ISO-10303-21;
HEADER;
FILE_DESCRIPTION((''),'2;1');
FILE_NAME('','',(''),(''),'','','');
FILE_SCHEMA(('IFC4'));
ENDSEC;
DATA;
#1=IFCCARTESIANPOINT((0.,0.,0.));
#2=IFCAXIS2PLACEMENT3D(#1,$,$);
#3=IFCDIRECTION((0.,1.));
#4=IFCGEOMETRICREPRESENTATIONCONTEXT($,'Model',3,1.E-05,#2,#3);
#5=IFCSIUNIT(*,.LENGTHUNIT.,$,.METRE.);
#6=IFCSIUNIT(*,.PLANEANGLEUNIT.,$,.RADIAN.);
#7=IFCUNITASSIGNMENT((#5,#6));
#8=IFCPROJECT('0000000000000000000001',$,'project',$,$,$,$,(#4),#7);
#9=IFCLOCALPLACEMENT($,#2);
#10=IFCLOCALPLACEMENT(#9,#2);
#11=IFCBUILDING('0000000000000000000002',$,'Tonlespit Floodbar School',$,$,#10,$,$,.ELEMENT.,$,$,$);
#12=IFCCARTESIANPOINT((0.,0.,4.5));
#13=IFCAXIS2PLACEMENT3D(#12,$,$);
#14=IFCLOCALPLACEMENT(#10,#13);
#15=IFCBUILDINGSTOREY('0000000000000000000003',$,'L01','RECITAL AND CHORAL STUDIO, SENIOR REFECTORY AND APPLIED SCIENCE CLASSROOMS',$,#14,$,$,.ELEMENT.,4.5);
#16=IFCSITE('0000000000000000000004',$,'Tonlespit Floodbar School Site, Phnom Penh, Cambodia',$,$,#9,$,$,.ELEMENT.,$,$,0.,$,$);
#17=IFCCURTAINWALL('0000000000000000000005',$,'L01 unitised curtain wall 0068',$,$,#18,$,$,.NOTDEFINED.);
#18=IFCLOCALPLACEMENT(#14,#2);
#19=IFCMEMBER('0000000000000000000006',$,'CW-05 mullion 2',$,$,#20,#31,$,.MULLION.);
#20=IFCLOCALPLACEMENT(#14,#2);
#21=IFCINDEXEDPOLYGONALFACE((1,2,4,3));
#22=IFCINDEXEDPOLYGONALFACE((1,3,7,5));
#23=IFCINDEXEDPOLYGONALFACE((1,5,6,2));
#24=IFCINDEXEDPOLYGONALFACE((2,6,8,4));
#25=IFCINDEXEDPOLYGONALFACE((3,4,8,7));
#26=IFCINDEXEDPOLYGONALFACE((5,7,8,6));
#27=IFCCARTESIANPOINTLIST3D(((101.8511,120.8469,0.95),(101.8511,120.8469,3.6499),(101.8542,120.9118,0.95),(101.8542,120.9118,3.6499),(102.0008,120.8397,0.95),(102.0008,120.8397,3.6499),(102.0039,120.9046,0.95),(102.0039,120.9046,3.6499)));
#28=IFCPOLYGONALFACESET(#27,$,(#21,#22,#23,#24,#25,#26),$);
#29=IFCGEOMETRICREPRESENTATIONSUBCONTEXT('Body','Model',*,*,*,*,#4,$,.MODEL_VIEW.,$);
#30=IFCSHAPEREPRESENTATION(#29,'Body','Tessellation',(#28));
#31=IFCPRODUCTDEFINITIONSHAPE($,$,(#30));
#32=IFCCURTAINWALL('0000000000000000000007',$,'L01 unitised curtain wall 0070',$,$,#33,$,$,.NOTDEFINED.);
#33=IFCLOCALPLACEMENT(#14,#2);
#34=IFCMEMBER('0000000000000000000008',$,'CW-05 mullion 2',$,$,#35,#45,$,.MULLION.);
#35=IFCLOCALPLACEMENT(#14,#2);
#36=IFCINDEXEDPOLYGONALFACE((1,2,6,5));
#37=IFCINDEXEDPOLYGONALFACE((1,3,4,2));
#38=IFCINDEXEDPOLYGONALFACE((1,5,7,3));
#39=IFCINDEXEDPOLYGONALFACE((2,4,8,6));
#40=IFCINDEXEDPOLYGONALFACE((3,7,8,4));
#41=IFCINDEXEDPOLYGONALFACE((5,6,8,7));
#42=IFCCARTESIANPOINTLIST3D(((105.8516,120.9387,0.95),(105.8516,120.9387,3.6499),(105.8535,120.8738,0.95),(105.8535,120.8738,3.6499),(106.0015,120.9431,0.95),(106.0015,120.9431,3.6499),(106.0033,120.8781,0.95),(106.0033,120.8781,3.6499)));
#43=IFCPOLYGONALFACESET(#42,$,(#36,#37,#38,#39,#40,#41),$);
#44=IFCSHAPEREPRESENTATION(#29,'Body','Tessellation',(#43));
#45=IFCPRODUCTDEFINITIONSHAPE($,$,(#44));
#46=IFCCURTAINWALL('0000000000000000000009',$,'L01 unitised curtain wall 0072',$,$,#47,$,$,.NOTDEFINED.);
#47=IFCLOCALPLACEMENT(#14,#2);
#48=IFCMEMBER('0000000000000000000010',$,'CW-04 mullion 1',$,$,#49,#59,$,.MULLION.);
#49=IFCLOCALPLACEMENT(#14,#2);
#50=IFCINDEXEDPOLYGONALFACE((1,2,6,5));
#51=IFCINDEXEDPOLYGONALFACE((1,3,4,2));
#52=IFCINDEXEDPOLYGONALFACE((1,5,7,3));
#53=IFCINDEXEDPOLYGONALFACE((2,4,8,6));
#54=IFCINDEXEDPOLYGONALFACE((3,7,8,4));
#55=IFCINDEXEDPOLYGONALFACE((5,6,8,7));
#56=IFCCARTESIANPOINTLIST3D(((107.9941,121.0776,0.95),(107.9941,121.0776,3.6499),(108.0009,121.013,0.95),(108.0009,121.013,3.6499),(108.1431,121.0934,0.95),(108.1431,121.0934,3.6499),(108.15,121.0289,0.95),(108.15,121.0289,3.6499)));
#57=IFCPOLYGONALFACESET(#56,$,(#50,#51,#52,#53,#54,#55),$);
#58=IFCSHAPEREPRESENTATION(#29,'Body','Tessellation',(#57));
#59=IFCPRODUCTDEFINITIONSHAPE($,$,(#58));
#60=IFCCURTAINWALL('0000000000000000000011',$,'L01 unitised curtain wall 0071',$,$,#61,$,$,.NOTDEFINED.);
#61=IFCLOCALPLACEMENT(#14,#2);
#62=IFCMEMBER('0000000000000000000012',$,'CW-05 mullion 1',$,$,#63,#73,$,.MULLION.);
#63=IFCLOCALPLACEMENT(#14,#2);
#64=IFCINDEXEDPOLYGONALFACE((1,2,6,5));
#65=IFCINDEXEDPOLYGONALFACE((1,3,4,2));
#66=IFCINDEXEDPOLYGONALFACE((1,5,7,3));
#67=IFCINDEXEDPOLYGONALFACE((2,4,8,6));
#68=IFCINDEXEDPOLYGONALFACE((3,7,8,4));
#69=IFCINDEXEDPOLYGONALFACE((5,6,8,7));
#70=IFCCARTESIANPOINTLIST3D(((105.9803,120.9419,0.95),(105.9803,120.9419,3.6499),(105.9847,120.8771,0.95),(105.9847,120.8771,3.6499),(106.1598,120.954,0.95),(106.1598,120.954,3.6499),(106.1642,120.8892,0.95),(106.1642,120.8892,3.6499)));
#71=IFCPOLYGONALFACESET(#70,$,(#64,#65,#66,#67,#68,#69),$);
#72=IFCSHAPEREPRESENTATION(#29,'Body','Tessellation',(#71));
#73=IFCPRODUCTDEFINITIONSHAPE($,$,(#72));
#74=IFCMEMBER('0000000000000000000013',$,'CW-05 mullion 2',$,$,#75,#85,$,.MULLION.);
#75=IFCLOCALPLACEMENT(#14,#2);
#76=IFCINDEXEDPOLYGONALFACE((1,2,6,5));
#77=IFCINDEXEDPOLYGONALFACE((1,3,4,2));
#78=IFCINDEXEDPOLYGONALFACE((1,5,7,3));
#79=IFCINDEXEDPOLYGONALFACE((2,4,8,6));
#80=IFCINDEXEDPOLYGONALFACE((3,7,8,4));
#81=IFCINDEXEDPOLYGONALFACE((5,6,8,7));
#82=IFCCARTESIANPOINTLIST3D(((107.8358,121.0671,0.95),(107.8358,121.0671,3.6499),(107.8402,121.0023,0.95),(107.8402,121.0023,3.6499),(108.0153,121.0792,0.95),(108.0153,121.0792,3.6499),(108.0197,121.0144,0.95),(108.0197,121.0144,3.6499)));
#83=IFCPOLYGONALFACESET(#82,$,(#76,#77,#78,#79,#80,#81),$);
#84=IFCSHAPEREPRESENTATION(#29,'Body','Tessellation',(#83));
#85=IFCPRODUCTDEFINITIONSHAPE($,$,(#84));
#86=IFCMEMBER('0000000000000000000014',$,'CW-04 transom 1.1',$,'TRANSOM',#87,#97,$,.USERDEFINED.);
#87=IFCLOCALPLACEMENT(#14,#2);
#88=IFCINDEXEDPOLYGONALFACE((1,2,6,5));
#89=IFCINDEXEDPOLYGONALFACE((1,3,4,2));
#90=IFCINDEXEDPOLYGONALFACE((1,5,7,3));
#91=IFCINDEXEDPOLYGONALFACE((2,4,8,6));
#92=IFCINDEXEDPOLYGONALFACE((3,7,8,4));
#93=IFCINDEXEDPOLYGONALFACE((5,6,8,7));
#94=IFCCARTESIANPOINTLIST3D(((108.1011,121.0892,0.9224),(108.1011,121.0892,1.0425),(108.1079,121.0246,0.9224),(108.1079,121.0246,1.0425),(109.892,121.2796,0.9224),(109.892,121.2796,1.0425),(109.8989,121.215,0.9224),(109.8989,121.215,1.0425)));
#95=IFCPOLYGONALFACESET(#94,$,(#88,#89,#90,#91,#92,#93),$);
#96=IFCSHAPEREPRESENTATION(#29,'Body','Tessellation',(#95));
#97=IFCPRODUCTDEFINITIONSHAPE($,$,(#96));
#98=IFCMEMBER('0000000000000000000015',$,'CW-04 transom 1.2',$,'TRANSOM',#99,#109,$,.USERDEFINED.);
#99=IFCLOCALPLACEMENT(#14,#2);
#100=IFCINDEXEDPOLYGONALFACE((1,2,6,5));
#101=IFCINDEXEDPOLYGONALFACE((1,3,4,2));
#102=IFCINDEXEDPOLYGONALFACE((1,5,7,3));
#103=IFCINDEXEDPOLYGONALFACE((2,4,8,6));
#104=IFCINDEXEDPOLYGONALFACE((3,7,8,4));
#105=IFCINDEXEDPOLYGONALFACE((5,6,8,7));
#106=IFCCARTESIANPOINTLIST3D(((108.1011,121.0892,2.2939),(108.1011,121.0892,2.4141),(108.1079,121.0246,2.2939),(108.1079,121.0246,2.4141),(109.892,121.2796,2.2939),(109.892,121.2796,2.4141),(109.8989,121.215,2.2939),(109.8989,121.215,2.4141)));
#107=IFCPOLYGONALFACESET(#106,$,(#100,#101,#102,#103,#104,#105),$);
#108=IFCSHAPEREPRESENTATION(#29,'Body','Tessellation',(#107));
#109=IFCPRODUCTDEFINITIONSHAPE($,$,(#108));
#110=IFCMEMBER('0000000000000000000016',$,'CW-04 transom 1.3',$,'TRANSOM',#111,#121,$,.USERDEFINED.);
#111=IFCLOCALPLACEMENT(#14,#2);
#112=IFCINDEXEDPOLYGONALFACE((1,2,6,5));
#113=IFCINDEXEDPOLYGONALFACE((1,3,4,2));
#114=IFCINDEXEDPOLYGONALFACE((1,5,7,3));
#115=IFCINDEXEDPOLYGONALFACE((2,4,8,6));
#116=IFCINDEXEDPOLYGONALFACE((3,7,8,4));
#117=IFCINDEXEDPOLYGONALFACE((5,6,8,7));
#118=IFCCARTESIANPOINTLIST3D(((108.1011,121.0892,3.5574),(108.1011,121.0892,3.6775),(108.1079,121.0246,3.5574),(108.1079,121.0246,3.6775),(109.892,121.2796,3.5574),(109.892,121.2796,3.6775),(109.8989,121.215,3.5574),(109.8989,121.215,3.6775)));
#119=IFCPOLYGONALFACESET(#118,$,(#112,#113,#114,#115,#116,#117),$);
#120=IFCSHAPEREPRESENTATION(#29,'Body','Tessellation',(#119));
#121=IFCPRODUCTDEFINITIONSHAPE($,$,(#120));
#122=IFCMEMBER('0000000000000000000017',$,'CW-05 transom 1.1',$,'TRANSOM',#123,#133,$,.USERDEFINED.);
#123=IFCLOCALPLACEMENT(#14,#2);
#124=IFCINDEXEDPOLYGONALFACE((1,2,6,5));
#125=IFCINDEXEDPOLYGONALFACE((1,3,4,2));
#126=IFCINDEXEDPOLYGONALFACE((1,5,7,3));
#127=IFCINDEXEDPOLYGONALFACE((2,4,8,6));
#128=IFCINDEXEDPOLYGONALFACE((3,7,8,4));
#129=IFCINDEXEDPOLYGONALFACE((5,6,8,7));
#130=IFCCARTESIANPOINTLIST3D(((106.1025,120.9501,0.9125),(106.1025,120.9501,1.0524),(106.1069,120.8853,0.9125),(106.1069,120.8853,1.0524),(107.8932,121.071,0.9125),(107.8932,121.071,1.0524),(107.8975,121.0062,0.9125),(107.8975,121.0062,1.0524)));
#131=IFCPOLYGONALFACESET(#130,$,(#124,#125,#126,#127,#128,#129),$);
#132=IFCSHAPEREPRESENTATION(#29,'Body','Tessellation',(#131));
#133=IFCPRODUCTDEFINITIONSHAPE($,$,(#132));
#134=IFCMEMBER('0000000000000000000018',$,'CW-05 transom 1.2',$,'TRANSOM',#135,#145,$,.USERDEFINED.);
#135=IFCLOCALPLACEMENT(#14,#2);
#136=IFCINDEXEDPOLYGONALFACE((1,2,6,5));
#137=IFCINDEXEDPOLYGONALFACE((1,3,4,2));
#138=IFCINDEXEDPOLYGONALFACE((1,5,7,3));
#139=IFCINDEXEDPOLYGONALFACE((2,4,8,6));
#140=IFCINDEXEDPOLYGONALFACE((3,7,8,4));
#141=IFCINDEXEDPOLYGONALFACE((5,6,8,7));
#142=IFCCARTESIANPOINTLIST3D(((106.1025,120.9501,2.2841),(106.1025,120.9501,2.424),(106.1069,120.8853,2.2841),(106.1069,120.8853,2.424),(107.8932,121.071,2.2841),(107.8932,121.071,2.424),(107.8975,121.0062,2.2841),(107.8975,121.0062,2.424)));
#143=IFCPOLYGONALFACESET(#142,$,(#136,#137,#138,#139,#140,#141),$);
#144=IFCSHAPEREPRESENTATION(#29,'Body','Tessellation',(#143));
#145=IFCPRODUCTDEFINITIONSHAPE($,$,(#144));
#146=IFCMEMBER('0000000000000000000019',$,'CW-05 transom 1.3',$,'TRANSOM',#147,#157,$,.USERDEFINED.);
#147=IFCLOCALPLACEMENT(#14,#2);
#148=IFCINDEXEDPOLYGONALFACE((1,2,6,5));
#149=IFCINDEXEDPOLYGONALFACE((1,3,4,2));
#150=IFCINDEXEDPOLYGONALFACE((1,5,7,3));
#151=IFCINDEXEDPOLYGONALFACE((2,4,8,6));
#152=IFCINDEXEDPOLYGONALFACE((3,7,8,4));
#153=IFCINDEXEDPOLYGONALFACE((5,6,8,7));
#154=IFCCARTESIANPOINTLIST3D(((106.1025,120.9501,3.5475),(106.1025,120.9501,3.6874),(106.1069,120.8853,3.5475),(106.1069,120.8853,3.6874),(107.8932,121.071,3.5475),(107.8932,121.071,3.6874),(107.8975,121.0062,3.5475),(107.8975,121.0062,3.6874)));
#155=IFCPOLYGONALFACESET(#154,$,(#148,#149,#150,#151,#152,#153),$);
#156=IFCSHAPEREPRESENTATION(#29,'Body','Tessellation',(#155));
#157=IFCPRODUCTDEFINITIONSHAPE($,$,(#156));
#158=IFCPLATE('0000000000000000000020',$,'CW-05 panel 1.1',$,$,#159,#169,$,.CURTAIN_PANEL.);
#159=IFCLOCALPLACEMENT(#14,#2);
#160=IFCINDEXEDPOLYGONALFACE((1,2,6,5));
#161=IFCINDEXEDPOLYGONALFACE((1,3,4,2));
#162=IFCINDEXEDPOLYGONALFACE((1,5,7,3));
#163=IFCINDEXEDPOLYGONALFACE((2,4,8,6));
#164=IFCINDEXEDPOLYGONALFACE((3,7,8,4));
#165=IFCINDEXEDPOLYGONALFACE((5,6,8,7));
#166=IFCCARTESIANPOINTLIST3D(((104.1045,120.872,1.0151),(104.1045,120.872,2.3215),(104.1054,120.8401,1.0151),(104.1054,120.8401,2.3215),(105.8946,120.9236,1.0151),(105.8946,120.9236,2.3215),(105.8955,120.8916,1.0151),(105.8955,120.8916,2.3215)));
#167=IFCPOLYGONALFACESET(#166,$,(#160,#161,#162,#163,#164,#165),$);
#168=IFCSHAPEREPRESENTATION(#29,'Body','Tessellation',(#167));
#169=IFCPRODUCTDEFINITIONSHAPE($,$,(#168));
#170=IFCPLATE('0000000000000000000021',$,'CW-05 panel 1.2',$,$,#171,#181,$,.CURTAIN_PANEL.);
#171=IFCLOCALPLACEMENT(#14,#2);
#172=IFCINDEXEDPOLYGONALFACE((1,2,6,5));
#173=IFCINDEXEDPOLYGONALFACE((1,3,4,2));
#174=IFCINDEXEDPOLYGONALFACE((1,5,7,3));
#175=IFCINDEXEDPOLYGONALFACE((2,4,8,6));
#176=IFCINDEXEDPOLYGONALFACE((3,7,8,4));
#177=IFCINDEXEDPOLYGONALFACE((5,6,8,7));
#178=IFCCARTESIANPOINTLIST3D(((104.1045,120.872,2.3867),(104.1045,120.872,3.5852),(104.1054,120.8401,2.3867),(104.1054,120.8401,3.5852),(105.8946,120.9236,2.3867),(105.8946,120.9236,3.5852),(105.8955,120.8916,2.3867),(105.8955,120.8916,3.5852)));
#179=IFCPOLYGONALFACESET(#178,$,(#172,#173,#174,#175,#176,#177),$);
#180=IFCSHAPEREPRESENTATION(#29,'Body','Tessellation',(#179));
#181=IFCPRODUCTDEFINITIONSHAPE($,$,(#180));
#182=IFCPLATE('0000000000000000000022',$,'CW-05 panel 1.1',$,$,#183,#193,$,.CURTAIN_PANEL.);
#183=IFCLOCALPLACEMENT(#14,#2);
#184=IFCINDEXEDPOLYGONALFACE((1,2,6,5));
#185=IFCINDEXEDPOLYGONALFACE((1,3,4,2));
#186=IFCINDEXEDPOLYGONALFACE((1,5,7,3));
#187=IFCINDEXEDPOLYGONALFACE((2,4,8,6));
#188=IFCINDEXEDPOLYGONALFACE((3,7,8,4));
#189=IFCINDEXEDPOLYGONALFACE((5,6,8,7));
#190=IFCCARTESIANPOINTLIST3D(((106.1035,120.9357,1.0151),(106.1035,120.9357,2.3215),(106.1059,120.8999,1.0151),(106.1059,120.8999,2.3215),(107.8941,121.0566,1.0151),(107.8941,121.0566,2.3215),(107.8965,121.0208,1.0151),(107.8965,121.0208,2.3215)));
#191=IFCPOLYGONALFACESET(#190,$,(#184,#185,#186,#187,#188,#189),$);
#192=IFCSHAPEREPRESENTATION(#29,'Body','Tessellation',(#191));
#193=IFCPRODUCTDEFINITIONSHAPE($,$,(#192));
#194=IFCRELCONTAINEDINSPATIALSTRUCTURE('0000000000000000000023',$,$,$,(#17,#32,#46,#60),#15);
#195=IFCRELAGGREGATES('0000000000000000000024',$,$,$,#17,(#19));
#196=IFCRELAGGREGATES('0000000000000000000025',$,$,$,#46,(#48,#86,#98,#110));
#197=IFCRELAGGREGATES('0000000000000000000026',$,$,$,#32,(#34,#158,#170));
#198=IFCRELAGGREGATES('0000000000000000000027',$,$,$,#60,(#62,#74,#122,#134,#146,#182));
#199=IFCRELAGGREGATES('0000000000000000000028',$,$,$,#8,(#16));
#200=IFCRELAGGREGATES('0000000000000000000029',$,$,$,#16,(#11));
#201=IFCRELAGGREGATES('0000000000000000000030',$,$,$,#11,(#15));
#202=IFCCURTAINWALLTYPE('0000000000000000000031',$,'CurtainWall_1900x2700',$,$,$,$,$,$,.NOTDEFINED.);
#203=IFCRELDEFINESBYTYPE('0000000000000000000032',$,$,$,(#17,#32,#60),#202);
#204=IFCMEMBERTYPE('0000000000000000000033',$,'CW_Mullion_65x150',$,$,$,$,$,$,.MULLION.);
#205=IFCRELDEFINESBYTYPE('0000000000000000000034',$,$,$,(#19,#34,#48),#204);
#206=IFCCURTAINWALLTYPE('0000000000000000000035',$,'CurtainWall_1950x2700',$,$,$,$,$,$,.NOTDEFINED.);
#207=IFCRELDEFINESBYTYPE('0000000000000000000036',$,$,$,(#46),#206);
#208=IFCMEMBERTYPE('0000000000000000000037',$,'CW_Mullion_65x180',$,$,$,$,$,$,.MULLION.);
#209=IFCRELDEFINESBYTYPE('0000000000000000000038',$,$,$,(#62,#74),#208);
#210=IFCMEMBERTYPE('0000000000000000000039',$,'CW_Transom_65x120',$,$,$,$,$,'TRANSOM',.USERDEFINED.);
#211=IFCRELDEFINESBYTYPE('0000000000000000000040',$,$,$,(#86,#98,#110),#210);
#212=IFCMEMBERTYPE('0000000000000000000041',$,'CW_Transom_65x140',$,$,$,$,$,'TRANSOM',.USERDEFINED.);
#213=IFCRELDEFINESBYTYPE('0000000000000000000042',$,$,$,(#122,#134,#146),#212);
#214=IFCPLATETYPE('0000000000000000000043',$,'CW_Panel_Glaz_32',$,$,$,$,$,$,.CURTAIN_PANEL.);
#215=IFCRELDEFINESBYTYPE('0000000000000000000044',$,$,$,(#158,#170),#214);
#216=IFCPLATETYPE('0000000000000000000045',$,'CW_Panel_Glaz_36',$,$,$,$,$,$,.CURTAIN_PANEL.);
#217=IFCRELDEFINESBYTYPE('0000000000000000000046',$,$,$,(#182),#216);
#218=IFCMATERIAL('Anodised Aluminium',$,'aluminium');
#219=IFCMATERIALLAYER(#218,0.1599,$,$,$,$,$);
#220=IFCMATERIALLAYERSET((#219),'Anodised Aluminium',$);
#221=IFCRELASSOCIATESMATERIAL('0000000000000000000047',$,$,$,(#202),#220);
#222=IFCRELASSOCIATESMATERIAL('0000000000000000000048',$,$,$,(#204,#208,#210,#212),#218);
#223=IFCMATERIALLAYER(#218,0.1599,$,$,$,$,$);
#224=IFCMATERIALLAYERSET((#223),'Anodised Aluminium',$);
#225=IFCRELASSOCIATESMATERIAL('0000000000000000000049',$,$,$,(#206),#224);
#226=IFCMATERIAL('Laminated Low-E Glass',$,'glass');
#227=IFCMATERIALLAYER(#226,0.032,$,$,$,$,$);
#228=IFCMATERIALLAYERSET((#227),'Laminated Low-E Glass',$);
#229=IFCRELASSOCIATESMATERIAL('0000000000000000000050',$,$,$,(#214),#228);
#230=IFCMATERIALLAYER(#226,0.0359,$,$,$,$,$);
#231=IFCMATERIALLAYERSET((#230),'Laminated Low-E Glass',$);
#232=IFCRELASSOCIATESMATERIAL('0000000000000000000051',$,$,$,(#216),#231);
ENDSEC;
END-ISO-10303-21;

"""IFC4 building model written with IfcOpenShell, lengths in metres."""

from ifc_helpers import new_model, si_unit, direction, frame, origin, origin_2d, place, context, subcontext, project, spatial, rectangle, extrude, material, layer, layer_set, material_profile, profile_set, type_object, element, aggregate, save


model = new_model("IFC4")

# Units and contexts
model_context = context("Model", 3, precision=1e-05, world=origin(), true_north=direction((0.0, 1.0)))
body_context = subcontext(model_context, "Body", "Model", "MODEL_VIEW")
ifc_project = project(units=[si_unit("LENGTHUNIT", "METRE"), si_unit("PLANEANGLEUNIT", "RADIAN")], contexts=[model_context])

# Site, building, storey
site_placement = place(None, origin())
site = spatial("IfcSite", under=ifc_project, at=site_placement, Name="Tonlespit Floodbar School Site, Phnom Penh, Cambodia", CompositionType="ELEMENT", RefElevation=0.0)
building_placement = place(site_placement, origin())
building = spatial("IfcBuilding", under=site, at=building_placement, Name="Tonlespit Floodbar School", CompositionType="ELEMENT")
storey_placement = place(building_placement, frame((0.0, 0.0, 4.5)))
storey = spatial("IfcBuildingStorey", under=building, at=storey_placement, Name="L01", Description="RECITAL AND CHORAL STUDIO, SENIOR REFECTORY AND APPLIED SCIENCE CLASSROOMS", CompositionType="ELEMENT", Elevation=4.5)

# Curtain walls, members
ifc_material_1 = material(Name="Anodised Aluminium", Category="aluminium")
ifc_layer_1 = layer(ifc_material_1, 0.1599)
ifc_layer_set_1 = layer_set([ifc_layer_1], Name="Anodised Aluminium")
curtain_wall_type_1 = type_object("IfcCurtainWallType", Name="CurtainWall_1900x2700", PredefinedType="NOTDEFINED", material=ifc_layer_set_1)
curtain_wall_1_placement = place(storey_placement, origin())
curtain_wall_1 = element("IfcCurtainWall", 1, at=curtain_wall_1_placement, inside=storey, type_object=curtain_wall_type_1, Name="L01 unitised curtain wall 0068", PredefinedType="NOTDEFINED")
ifc_material_profile_1 = material_profile(ifc_material_1, rectangle(XDim=0.0649, YDim=0.1499, at=origin_2d()), Name="ALU M65x150")
ifc_profile_set_1 = profile_set([ifc_material_profile_1], Name="Anodised Aluminium")
member_type_1 = type_object("IfcMemberType", Name="CW_Mullion_65x150", PredefinedType="MULLION", material=ifc_profile_set_1)
member_1_placement = place(storey_placement, frame((101.9275, 120.8757, 0.95), z_axis=(0.0, 0.0, 1.0), x_axis=(0.048121, 0.998842, 0.0)))
member_1 = element("IfcMember", 2, at=member_1_placement, type_object=member_type_1, Name="CW-05 mullion 2", PredefinedType="MULLION", context=body_context, shape_type="SweptSolid", body=[
    extrude(rectangle(XDim=0.0649, YDim=0.1499, at=origin_2d()), origin(), (0.0, 0.0, 1.0), 2.7),
])
aggregate(curtain_wall_1, [member_1])
curtain_wall_2_placement = place(storey_placement, origin())
curtain_wall_2 = element("IfcCurtainWall", 3, at=curtain_wall_2_placement, inside=storey, type_object=curtain_wall_type_1, Name="L01 unitised curtain wall 0070", PredefinedType="NOTDEFINED")
member_2_placement = place(storey_placement, frame((105.9275, 120.9084, 0.95), z_axis=(0.0, 0.0, 1.0), x_axis=(-0.02879, 0.999585, 0.0)))
member_2 = element("IfcMember", 4, at=member_2_placement, type_object=member_type_1, Name="CW-05 mullion 2", PredefinedType="MULLION", context=body_context, shape_type="SweptSolid", body=[
    extrude(rectangle(XDim=0.0649, YDim=0.1499, at=origin_2d()), origin(), (0.0, 0.0, 1.0), 2.7),
])
ifc_layer_2 = layer(ifc_material_1, 0.1599)
ifc_layer_set_2 = layer_set([ifc_layer_2], Name="Anodised Aluminium")
curtain_wall_type_2 = type_object("IfcCurtainWallType", Name="CurtainWall_1950x2700", PredefinedType="NOTDEFINED", material=ifc_layer_set_2)
curtain_wall_3_placement = place(storey_placement, origin())
curtain_wall_3 = element("IfcCurtainWall", 5, at=curtain_wall_3_placement, inside=storey, type_object=curtain_wall_type_2, Name="L01 unitised curtain wall 0072", PredefinedType="NOTDEFINED")
member_3_placement = place(storey_placement, frame((108.072, 121.0532, 0.95), z_axis=(0.0, 0.0, 1.0), x_axis=(-0.105787, 0.994389, 0.0)))
member_3 = element("IfcMember", 6, at=member_3_placement, type_object=member_type_1, Name="CW-04 mullion 1", PredefinedType="MULLION", context=body_context, shape_type="SweptSolid", body=[
    extrude(rectangle(XDim=0.0649, YDim=0.1499, at=origin_2d()), origin(), (0.0, 0.0, 1.0), 2.7),
])

# Curtain wall, members
curtain_wall_4_placement = place(storey_placement, origin())
curtain_wall_4 = element("IfcCurtainWall", 7, at=curtain_wall_4_placement, inside=storey, type_object=curtain_wall_type_1, Name="L01 unitised curtain wall 0071", PredefinedType="NOTDEFINED")
ifc_material_profile_2 = material_profile(ifc_material_1, rectangle(XDim=0.0649, YDim=0.1799, at=origin_2d()), Name="ALU M65x180")
ifc_profile_set_2 = profile_set([ifc_material_profile_2], Name="Anodised Aluminium")
member_type_2 = type_object("IfcMemberType", Name="CW_Mullion_65x180", PredefinedType="MULLION", material=ifc_profile_set_2)
member_4_placement = place(storey_placement, frame((106.0723, 120.9155, 0.95), z_axis=(0.0, 0.0, 1.0), x_axis=(-0.06734, 0.99773, 0.0)))
member_4 = element("IfcMember", 8, at=member_4_placement, type_object=member_type_2, Name="CW-05 mullion 1", PredefinedType="MULLION", context=body_context, shape_type="SweptSolid", body=[
    extrude(rectangle(XDim=0.0649, YDim=0.1799, at=origin_2d()), origin(), (0.0, 0.0, 1.0), 2.7),
])
member_5_placement = place(storey_placement, frame((107.9277, 121.0408, 0.95), z_axis=(0.0, 0.0, 1.0), x_axis=(-0.06734, 0.99773, 0.0)))
member_5 = element("IfcMember", 9, at=member_5_placement, type_object=member_type_2, Name="CW-05 mullion 2", PredefinedType="MULLION", context=body_context, shape_type="SweptSolid", body=[
    extrude(rectangle(XDim=0.0649, YDim=0.1799, at=origin_2d()), origin(), (0.0, 0.0, 1.0), 2.7),
])

# Members
ifc_material_profile_3 = material_profile(ifc_material_1, rectangle(XDim=0.0649, YDim=0.1201, at=origin_2d()), Name="ALU T65x120")
ifc_profile_set_3 = profile_set([ifc_material_profile_3], Name="Anodised Aluminium")
member_type_3 = type_object("IfcMemberType", Name="CW_Transom_65x120", ElementType="TRANSOM", PredefinedType="USERDEFINED", material=ifc_profile_set_3)
member_6_placement = place(storey_placement, frame((108.1045, 121.0569, 0.9824), z_axis=(0.994395, 0.105729, 0.0), x_axis=(-0.105729, 0.994395, 0.0)))
member_6 = element("IfcMember", 10, at=member_6_placement, type_object=member_type_3, Name="CW-04 transom 1.1", ObjectType="TRANSOM", PredefinedType="USERDEFINED", context=body_context, shape_type="SweptSolid", body=[
    extrude(rectangle(XDim=0.0649, YDim=0.1201, at=origin_2d()), origin(), (0.0, 0.0, 1.0), 1.801),
])
member_7_placement = place(storey_placement, frame((108.1045, 121.0569, 2.354), z_axis=(0.994395, 0.105729, 0.0), x_axis=(-0.105729, 0.994395, 0.0)))
member_7 = element("IfcMember", 11, at=member_7_placement, type_object=member_type_3, Name="CW-04 transom 1.2", ObjectType="TRANSOM", PredefinedType="USERDEFINED", context=body_context, shape_type="SweptSolid", body=[
    extrude(rectangle(XDim=0.0649, YDim=0.1201, at=origin_2d()), origin(), (0.0, 0.0, 1.0), 1.801),
])
member_8_placement = place(storey_placement, frame((108.1045, 121.0569, 3.6174), z_axis=(0.994395, 0.105729, 0.0), x_axis=(-0.105729, 0.994395, 0.0)))
member_8 = element("IfcMember", 12, at=member_8_placement, type_object=member_type_3, Name="CW-04 transom 1.3", ObjectType="TRANSOM", PredefinedType="USERDEFINED", context=body_context, shape_type="SweptSolid", body=[
    extrude(rectangle(XDim=0.0649, YDim=0.1201, at=origin_2d()), origin(), (0.0, 0.0, 1.0), 1.801),
])
aggregate(curtain_wall_3, [member_3, member_6, member_7, member_8])
ifc_material_profile_4 = material_profile(ifc_material_1, rectangle(XDim=0.0649, YDim=0.1399, at=origin_2d()), Name="ALU T65x140")
ifc_profile_set_4 = profile_set([ifc_material_profile_4], Name="Anodised Aluminium")
member_type_4 = type_object("IfcMemberType", Name="CW_Transom_65x140", ElementType="TRANSOM", PredefinedType="USERDEFINED", material=ifc_profile_set_4)
member_9_placement = place(storey_placement, frame((106.1047, 120.9177, 0.9824), z_axis=(0.99773, 0.067341, 0.0), x_axis=(-0.067341, 0.99773, 0.0)))
member_9 = element("IfcMember", 13, at=member_9_placement, type_object=member_type_4, Name="CW-05 transom 1.1", ObjectType="TRANSOM", PredefinedType="USERDEFINED", context=body_context, shape_type="SweptSolid", body=[
    extrude(rectangle(XDim=0.0649, YDim=0.1399, at=origin_2d()), origin(), (0.0, 0.0, 1.0), 1.7947),
])
member_10_placement = place(storey_placement, frame((106.1047, 120.9177, 2.354), z_axis=(0.99773, 0.067341, 0.0), x_axis=(-0.067341, 0.99773, 0.0)))
member_10 = element("IfcMember", 14, at=member_10_placement, type_object=member_type_4, Name="CW-05 transom 1.2", ObjectType="TRANSOM", PredefinedType="USERDEFINED", context=body_context, shape_type="SweptSolid", body=[
    extrude(rectangle(XDim=0.0649, YDim=0.1399, at=origin_2d()), origin(), (0.0, 0.0, 1.0), 1.7947),
])
member_11_placement = place(storey_placement, frame((106.1047, 120.9177, 3.6174), z_axis=(0.99773, 0.067341, 0.0), x_axis=(-0.067341, 0.99773, 0.0)))
member_11 = element("IfcMember", 15, at=member_11_placement, type_object=member_type_4, Name="CW-05 transom 1.3", ObjectType="TRANSOM", PredefinedType="USERDEFINED", context=body_context, shape_type="SweptSolid", body=[
    extrude(rectangle(XDim=0.0649, YDim=0.1399, at=origin_2d()), origin(), (0.0, 0.0, 1.0), 1.7947),
])

# Plates
ifc_material_2 = material(Name="Laminated Low-E Glass", Category="glass")
ifc_layer_3 = layer(ifc_material_2, 0.032)
ifc_layer_set_3 = layer_set([ifc_layer_3], Name="Laminated Low-E Glass")
plate_type_1 = type_object("IfcPlateType", Name="CW_Panel_Glaz_32", PredefinedType="CURTAIN_PANEL", material=ifc_layer_set_3)
plate_1_placement = place(storey_placement, frame((105.0, 120.8818, 1.0151), z_axis=(0.0, 0.0, 1.0), x_axis=(0.999585, 0.02879, 0.0)))
plate_1 = element("IfcPlate", 16, at=plate_1_placement, type_object=plate_type_1, Name="CW-05 panel 1.1", PredefinedType="CURTAIN_PANEL", context=body_context, shape_type="SweptSolid", body=[
    extrude(rectangle(XDim=1.7908, YDim=0.032, at=origin_2d()), origin(), (0.0, 0.0, 1.0), 1.3064),
])
plate_2_placement = place(storey_placement, frame((105.0, 120.8818, 2.3867), z_axis=(0.0, 0.0, 1.0), x_axis=(0.999585, 0.02879, 0.0)))
plate_2 = element("IfcPlate", 17, at=plate_2_placement, type_object=plate_type_1, Name="CW-05 panel 1.2", PredefinedType="CURTAIN_PANEL", context=body_context, shape_type="SweptSolid", body=[
    extrude(rectangle(XDim=1.7908, YDim=0.032, at=origin_2d()), origin(), (0.0, 0.0, 1.0), 1.1985),
])
aggregate(curtain_wall_2, [member_2, plate_1, plate_2])
ifc_layer_4 = layer(ifc_material_2, 0.0359)
ifc_layer_set_4 = layer_set([ifc_layer_4], Name="Laminated Low-E Glass")
plate_type_2 = type_object("IfcPlateType", Name="CW_Panel_Glaz_36", PredefinedType="CURTAIN_PANEL", material=ifc_layer_set_4)
plate_3_placement = place(storey_placement, frame((107.0, 120.9783, 1.0151), z_axis=(0.0, 0.0, 1.0), x_axis=(0.99773, 0.06734, 0.0)))
plate_3 = element("IfcPlate", 18, at=plate_3_placement, type_object=plate_type_2, Name="CW-05 panel 1.1", PredefinedType="CURTAIN_PANEL", context=body_context, shape_type="SweptSolid", body=[
    extrude(rectangle(XDim=1.7947, YDim=0.0359, at=origin_2d()), origin(), (0.0, 0.0, 1.0), 1.3064),
])
aggregate(curtain_wall_4, [member_4, member_5, member_9, member_10, member_11, plate_3])

save(model, "model.ifc")
